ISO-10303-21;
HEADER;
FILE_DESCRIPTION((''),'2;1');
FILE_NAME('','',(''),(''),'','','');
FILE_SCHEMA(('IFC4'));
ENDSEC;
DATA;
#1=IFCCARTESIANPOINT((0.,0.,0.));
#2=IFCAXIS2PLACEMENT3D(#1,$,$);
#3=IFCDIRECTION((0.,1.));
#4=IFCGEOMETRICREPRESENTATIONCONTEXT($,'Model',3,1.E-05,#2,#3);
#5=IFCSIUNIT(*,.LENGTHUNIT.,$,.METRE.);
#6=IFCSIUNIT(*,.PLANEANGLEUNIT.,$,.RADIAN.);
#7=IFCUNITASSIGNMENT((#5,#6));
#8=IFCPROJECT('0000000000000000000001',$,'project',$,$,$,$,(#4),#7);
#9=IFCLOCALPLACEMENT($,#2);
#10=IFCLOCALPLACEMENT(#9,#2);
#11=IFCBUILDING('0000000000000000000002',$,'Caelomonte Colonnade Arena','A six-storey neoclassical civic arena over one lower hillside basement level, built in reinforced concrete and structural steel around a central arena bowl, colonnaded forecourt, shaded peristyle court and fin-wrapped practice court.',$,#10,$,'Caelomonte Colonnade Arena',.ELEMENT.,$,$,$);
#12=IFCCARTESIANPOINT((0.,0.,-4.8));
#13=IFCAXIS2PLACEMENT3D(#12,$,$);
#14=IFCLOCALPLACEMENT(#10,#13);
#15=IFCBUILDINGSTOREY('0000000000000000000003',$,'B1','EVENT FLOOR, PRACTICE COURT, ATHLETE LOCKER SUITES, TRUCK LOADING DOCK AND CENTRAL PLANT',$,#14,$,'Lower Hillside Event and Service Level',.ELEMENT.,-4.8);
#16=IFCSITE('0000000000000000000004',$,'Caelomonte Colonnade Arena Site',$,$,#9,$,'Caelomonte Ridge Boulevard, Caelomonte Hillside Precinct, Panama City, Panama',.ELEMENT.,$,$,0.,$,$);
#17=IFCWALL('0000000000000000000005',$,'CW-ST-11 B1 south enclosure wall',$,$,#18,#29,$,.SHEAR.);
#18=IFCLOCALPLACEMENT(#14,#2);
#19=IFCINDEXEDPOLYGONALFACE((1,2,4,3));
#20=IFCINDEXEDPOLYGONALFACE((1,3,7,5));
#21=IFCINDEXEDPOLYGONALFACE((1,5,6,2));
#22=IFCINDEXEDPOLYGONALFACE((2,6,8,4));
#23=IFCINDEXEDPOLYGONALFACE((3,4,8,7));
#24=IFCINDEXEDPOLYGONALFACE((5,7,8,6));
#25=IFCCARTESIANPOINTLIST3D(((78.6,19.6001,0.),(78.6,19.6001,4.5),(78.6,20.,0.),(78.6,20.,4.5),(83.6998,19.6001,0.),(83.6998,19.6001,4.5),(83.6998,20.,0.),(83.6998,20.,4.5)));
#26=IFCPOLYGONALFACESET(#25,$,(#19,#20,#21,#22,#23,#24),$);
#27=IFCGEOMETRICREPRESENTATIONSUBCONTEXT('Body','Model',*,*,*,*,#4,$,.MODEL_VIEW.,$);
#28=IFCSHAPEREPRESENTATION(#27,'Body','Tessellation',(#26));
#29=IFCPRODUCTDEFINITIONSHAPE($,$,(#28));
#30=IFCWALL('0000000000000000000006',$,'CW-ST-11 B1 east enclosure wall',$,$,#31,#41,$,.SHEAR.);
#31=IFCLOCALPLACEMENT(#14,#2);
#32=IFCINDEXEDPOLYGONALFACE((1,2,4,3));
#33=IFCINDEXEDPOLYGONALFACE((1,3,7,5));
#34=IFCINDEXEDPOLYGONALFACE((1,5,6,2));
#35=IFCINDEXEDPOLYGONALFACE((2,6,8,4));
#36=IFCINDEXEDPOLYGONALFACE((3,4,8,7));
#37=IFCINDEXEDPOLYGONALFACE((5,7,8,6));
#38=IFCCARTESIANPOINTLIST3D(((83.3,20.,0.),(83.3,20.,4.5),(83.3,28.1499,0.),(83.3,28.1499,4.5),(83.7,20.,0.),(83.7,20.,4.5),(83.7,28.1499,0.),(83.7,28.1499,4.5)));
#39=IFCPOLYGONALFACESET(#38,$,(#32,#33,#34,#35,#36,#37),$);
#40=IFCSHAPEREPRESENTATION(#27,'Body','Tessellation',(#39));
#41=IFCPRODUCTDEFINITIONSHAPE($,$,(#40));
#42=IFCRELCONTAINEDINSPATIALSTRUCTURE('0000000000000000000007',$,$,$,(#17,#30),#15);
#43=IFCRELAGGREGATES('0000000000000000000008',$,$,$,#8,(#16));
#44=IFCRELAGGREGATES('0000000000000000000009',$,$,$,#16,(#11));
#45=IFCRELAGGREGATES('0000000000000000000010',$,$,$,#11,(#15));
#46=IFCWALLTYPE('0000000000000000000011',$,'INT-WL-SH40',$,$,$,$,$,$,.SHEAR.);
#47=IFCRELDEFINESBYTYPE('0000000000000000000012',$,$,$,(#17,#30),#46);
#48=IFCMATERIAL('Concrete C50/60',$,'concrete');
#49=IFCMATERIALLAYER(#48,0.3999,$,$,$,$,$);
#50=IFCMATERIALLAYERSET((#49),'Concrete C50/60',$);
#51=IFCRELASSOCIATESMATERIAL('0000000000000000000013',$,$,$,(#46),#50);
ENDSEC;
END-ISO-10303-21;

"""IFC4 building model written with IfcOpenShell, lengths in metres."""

from ifc_helpers import new_model, si_unit, direction, frame, frame_2d, origin, place, context, subcontext, project, spatial, rectangle, extrude, material, layer, layer_set, type_object, element, save


model = new_model("IFC4")

# Units and contexts
model_context = context("Model", 3, precision=1e-05, world=origin(), true_north=direction((0.0, 1.0)))
body_context = subcontext(model_context, "Body", "Model", "MODEL_VIEW")
ifc_project = project(units=[si_unit("LENGTHUNIT", "METRE"), si_unit("PLANEANGLEUNIT", "RADIAN")], contexts=[model_context])

# Site, building, storey
site_placement = place(None, origin())
site = spatial("IfcSite", under=ifc_project, at=site_placement, Name="Caelomonte Colonnade Arena Site", LongName="Caelomonte Ridge Boulevard, Caelomonte Hillside Precinct, Panama City, Panama", CompositionType="ELEMENT", RefElevation=0.0)
building_placement = place(site_placement, origin())
building = spatial("IfcBuilding", under=site, at=building_placement, Name="Caelomonte Colonnade Arena", Description="A six-storey neoclassical civic arena over one lower hillside basement level, built in reinforced concrete and structural steel around a central arena bowl, colonnaded forecourt, shaded peristyle court and fin-wrapped practice court.", LongName="Caelomonte Colonnade Arena", CompositionType="ELEMENT")
storey_placement = place(building_placement, frame((0.0, 0.0, -4.8)))
storey = spatial("IfcBuildingStorey", under=building, at=storey_placement, Name="B1", Description="EVENT FLOOR, PRACTICE COURT, ATHLETE LOCKER SUITES, TRUCK LOADING DOCK AND CENTRAL PLANT", LongName="Lower Hillside Event and Service Level", CompositionType="ELEMENT", Elevation=-4.8)

# Walls
ifc_material_1 = material(Name="Concrete C50/60", Category="concrete")
ifc_layer_1 = layer(ifc_material_1, 0.3999)
ifc_layer_set_1 = layer_set([ifc_layer_1], Name="Concrete C50/60")
wall_type_1 = type_object("IfcWallType", Name="INT-WL-SH40", PredefinedType="SHEAR", material=ifc_layer_set_1)
wall_1_placement = place(storey_placement, frame((78.6001, 19.8, 0.0), z_axis=(0.0, 0.0, 1.0), x_axis=(1.0, 0.0, 0.0)))
element("IfcWall", 1, at=wall_1_placement, inside=storey, type_object=wall_type_1, Name="CW-ST-11 B1 south enclosure wall", PredefinedType="SHEAR", context=body_context, shape_type="SweptSolid", body=[
    extrude(rectangle(XDim=5.0999, YDim=0.3999, at=frame_2d((2.5498, 0.0))), origin(), (0.0, 0.0, 1.0), 4.5),
])
wall_2_placement = place(storey_placement, frame((83.5, 20.0, 0.0), z_axis=(0.0, 0.0, 1.0), x_axis=(0.0, 1.0, 0.0)))
element("IfcWall", 2, at=wall_2_placement, inside=storey, type_object=wall_type_1, Name="CW-ST-11 B1 east enclosure wall", PredefinedType="SHEAR", context=body_context, shape_type="SweptSolid", body=[
    extrude(rectangle(XDim=8.1499, YDim=0.3999, at=frame_2d((4.075, 0.0))), origin(), (0.0, 0.0, 1.0), 4.5),
])

save(model, "model.ifc")
